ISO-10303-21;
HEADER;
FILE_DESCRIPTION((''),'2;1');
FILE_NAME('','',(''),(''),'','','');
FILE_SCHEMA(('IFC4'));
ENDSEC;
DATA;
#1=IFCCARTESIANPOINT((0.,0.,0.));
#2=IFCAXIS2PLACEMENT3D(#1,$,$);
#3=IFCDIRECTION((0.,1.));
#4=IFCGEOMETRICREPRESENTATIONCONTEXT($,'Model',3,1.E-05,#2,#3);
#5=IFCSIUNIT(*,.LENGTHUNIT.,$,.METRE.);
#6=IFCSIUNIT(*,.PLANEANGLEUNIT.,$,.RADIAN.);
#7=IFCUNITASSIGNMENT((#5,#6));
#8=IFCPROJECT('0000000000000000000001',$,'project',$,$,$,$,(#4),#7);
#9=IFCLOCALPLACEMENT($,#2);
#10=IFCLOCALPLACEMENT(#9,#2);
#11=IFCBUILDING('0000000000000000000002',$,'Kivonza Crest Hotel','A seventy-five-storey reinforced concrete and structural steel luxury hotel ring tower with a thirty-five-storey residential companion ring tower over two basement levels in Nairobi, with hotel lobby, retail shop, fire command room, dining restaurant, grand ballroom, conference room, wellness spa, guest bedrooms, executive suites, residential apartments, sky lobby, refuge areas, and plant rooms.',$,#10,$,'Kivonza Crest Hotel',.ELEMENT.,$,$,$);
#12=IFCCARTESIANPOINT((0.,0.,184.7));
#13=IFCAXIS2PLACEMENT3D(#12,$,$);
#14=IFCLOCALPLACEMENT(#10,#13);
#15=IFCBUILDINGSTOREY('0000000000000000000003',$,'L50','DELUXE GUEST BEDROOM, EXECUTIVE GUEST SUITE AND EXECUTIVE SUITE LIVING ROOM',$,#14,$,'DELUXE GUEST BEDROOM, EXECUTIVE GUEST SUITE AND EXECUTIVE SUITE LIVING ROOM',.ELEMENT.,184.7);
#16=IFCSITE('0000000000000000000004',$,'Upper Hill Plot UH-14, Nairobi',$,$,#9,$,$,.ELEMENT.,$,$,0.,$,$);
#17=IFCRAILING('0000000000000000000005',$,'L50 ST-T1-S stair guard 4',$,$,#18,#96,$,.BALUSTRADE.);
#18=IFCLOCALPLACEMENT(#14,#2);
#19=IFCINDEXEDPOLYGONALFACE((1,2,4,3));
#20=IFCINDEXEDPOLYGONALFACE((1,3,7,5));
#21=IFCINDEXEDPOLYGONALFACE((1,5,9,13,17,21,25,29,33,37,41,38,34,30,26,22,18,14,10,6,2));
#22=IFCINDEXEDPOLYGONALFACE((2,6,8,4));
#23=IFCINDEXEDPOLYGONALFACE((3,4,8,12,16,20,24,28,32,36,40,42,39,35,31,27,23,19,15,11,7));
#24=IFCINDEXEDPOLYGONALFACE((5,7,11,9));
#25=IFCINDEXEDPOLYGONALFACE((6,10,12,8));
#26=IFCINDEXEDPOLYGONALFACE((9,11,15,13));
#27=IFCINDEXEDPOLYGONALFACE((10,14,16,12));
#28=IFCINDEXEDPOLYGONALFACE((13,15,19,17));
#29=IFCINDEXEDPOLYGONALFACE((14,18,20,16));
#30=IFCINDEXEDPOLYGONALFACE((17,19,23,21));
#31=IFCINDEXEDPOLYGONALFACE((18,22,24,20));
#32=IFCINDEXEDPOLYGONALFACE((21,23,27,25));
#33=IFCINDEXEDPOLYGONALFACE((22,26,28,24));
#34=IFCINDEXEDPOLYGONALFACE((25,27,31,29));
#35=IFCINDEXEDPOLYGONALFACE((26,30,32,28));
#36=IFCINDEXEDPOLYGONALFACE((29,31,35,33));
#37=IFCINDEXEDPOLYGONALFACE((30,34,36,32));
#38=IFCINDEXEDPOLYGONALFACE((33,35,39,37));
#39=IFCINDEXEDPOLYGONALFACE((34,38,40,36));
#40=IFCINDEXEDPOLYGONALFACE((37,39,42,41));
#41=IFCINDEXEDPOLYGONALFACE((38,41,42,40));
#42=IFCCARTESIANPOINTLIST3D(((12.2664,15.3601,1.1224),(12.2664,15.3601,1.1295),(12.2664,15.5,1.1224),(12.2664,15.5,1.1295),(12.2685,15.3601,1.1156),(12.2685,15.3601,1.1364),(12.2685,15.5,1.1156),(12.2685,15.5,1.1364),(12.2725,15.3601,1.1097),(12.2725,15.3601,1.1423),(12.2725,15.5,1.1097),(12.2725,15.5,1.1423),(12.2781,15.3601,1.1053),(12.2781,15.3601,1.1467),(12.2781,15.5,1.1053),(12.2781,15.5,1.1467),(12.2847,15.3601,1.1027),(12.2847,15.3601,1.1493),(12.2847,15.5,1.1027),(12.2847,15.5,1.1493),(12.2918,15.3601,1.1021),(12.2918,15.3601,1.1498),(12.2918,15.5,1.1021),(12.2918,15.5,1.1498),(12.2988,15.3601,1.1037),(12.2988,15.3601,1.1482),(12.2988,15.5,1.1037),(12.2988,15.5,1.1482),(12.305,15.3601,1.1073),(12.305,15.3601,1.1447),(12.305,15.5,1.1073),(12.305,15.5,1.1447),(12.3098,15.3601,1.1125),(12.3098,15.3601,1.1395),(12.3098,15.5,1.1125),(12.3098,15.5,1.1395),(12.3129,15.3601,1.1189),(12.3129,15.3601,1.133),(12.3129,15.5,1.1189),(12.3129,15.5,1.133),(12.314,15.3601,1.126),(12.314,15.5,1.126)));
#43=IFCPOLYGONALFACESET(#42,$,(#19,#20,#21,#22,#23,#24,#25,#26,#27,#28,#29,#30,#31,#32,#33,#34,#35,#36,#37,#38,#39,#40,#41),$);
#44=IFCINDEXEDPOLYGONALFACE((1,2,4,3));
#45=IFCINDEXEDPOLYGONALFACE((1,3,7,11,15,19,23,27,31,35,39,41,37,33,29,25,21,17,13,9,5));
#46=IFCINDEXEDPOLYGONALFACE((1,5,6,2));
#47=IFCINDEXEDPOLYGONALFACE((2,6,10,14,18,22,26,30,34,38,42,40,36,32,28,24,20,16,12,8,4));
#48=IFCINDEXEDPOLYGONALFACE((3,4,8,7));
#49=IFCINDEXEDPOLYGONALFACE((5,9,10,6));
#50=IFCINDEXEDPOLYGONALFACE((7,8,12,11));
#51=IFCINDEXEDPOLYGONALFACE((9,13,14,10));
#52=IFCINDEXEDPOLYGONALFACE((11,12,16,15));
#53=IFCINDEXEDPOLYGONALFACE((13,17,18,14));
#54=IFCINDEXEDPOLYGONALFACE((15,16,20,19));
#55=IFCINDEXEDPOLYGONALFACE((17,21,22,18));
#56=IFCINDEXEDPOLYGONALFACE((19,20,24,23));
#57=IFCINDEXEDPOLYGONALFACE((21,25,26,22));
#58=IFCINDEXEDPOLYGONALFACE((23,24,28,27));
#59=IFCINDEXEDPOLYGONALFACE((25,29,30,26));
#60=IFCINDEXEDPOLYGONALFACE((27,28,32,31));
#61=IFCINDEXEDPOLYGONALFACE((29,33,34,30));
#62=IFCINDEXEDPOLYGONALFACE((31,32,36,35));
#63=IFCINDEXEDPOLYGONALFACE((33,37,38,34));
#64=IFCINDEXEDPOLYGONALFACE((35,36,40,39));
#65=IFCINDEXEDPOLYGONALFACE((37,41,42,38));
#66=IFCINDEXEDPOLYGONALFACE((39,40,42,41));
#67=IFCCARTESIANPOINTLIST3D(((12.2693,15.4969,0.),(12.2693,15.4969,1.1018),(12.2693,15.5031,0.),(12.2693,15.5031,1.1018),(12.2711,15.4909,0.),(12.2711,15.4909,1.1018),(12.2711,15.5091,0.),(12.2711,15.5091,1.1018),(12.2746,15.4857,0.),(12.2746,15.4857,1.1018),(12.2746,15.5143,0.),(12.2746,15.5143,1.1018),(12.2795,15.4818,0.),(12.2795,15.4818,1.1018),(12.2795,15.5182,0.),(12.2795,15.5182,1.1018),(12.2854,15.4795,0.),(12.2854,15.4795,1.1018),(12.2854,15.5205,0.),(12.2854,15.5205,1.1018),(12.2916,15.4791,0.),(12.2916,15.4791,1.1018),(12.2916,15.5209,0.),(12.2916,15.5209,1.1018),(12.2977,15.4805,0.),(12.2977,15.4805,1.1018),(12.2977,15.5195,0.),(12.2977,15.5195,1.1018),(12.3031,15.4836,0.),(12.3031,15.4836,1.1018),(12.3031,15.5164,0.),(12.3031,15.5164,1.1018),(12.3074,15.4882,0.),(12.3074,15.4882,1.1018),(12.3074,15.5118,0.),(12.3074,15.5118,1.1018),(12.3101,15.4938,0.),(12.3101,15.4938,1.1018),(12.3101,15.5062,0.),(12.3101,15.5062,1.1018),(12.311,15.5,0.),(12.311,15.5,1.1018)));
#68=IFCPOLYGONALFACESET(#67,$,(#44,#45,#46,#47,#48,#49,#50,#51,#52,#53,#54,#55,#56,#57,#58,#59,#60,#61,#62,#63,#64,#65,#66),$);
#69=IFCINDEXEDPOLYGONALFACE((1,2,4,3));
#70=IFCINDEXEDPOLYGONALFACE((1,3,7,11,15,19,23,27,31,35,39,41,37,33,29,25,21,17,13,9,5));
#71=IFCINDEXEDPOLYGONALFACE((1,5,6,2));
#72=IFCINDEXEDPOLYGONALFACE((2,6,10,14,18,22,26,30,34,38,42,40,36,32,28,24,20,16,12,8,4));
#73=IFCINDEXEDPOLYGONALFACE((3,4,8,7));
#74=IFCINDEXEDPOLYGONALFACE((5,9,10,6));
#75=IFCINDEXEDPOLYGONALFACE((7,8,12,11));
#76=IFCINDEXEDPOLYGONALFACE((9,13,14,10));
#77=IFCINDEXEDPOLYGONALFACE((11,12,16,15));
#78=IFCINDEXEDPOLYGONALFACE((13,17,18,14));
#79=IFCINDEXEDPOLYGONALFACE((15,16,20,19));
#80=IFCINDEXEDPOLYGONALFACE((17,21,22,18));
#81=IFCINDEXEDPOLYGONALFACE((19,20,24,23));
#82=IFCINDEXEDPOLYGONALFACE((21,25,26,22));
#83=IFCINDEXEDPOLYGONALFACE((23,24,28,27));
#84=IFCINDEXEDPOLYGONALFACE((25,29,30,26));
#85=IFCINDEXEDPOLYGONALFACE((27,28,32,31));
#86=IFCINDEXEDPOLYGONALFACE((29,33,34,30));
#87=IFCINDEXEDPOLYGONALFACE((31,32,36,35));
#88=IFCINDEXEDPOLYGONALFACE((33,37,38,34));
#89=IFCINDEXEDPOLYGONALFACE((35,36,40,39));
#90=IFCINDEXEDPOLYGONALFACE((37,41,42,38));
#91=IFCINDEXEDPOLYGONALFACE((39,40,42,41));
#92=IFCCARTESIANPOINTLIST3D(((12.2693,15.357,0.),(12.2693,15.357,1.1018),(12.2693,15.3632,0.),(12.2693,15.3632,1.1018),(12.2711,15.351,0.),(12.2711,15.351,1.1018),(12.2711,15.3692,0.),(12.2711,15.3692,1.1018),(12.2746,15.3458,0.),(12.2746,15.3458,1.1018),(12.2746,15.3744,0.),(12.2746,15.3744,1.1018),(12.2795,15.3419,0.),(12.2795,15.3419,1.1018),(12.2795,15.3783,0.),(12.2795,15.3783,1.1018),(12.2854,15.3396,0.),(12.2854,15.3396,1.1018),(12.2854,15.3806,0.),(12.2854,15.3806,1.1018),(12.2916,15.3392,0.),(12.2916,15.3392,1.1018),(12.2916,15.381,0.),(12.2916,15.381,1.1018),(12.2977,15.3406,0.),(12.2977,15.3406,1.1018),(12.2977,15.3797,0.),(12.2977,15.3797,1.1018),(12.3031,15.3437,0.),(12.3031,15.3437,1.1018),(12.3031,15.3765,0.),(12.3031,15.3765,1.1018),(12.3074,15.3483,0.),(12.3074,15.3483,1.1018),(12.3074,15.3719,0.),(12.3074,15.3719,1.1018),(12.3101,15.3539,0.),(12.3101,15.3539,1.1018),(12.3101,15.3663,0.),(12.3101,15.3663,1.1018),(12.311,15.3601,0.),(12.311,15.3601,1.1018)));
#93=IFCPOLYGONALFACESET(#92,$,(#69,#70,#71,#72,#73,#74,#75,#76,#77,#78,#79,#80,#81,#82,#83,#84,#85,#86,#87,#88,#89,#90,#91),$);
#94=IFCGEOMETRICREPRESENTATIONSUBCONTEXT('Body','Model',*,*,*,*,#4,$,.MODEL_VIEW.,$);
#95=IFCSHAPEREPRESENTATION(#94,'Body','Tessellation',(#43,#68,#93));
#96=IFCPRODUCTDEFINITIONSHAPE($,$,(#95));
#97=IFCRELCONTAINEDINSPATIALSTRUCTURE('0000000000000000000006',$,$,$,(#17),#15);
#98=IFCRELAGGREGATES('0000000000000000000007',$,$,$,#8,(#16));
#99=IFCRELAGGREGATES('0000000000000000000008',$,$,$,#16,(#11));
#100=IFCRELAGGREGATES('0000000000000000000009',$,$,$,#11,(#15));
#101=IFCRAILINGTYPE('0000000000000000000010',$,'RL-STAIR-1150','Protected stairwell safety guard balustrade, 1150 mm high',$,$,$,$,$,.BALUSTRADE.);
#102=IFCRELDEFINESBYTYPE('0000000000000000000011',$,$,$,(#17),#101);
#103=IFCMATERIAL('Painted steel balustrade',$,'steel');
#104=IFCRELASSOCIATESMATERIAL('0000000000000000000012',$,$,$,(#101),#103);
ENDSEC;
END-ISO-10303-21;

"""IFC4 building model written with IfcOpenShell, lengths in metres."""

from ifc_helpers import new_model, si_unit, direction, frame, origin, origin_2d, place, context, subcontext, project, spatial, circle, extrude, material, type_object, element, save


model = new_model("IFC4")

# Units and contexts
model_context = context("Model", 3, precision=1e-05, world=origin(), true_north=direction((0.0, 1.0)))
body_context = subcontext(model_context, "Body", "Model", "MODEL_VIEW")
ifc_project = project(units=[si_unit("LENGTHUNIT", "METRE"), si_unit("PLANEANGLEUNIT", "RADIAN")], contexts=[model_context])

# Site, building, storey
site_placement = place(None, origin())
site = spatial("IfcSite", under=ifc_project, at=site_placement, Name="Upper Hill Plot UH-14, Nairobi", CompositionType="ELEMENT", RefElevation=0.0)
building_placement = place(site_placement, origin())
building = spatial("IfcBuilding", under=site, at=building_placement, Name="Kivonza Crest Hotel", Description="A seventy-five-storey reinforced concrete and structural steel luxury hotel ring tower with a thirty-five-storey residential companion ring tower over two basement levels in Nairobi, with hotel lobby, retail shop, fire command room, dining restaurant, grand ballroom, conference room, wellness spa, guest bedrooms, executive suites, residential apartments, sky lobby, refuge areas, and plant rooms.", LongName="Kivonza Crest Hotel", CompositionType="ELEMENT")
storey_placement = place(building_placement, frame((0.0, 0.0, 184.7)))
storey = spatial("IfcBuildingStorey", under=building, at=storey_placement, Name="L50", Description="DELUXE GUEST BEDROOM, EXECUTIVE GUEST SUITE AND EXECUTIVE SUITE LIVING ROOM", LongName="DELUXE GUEST BEDROOM, EXECUTIVE GUEST SUITE AND EXECUTIVE SUITE LIVING ROOM", CompositionType="ELEMENT", Elevation=184.7)

# Railing
ifc_material_1 = material(Name="Painted steel balustrade", Category="steel")
railing_type_1 = type_object("IfcRailingType", Name="RL-STAIR-1150", Description="Protected stairwell safety guard balustrade, 1150 mm high", PredefinedType="BALUSTRADE", material=ifc_material_1)
railing_1_placement = place(storey_placement, frame((12.29, 15.5, 0.0)))
element("IfcRailing", 1, at=railing_1_placement, inside=storey, type_object=railing_type_1, Name="L50 ST-T1-S stair guard 4", PredefinedType="BALUSTRADE", context=body_context, shape_type="SweptSolid", body=[
    extrude(circle(Radius=0.0239, at=origin_2d()), frame((0.0, 0.0, 1.126), z_axis=(0.0, -1.0, 0.0), x_axis=(1.0, 0.0, 0.0)), (0.0, 0.0, 1.0), 0.1399),
    extrude(circle(Radius=0.021, at=origin_2d()), origin(), (0.0, 0.0, 1.0), 1.1018),
    extrude(circle(Radius=0.021, at=origin_2d()), frame((0.0, -0.1399, 0.0)), (0.0, 0.0, 1.0), 1.1018),
])

save(model, "model.ifc")
